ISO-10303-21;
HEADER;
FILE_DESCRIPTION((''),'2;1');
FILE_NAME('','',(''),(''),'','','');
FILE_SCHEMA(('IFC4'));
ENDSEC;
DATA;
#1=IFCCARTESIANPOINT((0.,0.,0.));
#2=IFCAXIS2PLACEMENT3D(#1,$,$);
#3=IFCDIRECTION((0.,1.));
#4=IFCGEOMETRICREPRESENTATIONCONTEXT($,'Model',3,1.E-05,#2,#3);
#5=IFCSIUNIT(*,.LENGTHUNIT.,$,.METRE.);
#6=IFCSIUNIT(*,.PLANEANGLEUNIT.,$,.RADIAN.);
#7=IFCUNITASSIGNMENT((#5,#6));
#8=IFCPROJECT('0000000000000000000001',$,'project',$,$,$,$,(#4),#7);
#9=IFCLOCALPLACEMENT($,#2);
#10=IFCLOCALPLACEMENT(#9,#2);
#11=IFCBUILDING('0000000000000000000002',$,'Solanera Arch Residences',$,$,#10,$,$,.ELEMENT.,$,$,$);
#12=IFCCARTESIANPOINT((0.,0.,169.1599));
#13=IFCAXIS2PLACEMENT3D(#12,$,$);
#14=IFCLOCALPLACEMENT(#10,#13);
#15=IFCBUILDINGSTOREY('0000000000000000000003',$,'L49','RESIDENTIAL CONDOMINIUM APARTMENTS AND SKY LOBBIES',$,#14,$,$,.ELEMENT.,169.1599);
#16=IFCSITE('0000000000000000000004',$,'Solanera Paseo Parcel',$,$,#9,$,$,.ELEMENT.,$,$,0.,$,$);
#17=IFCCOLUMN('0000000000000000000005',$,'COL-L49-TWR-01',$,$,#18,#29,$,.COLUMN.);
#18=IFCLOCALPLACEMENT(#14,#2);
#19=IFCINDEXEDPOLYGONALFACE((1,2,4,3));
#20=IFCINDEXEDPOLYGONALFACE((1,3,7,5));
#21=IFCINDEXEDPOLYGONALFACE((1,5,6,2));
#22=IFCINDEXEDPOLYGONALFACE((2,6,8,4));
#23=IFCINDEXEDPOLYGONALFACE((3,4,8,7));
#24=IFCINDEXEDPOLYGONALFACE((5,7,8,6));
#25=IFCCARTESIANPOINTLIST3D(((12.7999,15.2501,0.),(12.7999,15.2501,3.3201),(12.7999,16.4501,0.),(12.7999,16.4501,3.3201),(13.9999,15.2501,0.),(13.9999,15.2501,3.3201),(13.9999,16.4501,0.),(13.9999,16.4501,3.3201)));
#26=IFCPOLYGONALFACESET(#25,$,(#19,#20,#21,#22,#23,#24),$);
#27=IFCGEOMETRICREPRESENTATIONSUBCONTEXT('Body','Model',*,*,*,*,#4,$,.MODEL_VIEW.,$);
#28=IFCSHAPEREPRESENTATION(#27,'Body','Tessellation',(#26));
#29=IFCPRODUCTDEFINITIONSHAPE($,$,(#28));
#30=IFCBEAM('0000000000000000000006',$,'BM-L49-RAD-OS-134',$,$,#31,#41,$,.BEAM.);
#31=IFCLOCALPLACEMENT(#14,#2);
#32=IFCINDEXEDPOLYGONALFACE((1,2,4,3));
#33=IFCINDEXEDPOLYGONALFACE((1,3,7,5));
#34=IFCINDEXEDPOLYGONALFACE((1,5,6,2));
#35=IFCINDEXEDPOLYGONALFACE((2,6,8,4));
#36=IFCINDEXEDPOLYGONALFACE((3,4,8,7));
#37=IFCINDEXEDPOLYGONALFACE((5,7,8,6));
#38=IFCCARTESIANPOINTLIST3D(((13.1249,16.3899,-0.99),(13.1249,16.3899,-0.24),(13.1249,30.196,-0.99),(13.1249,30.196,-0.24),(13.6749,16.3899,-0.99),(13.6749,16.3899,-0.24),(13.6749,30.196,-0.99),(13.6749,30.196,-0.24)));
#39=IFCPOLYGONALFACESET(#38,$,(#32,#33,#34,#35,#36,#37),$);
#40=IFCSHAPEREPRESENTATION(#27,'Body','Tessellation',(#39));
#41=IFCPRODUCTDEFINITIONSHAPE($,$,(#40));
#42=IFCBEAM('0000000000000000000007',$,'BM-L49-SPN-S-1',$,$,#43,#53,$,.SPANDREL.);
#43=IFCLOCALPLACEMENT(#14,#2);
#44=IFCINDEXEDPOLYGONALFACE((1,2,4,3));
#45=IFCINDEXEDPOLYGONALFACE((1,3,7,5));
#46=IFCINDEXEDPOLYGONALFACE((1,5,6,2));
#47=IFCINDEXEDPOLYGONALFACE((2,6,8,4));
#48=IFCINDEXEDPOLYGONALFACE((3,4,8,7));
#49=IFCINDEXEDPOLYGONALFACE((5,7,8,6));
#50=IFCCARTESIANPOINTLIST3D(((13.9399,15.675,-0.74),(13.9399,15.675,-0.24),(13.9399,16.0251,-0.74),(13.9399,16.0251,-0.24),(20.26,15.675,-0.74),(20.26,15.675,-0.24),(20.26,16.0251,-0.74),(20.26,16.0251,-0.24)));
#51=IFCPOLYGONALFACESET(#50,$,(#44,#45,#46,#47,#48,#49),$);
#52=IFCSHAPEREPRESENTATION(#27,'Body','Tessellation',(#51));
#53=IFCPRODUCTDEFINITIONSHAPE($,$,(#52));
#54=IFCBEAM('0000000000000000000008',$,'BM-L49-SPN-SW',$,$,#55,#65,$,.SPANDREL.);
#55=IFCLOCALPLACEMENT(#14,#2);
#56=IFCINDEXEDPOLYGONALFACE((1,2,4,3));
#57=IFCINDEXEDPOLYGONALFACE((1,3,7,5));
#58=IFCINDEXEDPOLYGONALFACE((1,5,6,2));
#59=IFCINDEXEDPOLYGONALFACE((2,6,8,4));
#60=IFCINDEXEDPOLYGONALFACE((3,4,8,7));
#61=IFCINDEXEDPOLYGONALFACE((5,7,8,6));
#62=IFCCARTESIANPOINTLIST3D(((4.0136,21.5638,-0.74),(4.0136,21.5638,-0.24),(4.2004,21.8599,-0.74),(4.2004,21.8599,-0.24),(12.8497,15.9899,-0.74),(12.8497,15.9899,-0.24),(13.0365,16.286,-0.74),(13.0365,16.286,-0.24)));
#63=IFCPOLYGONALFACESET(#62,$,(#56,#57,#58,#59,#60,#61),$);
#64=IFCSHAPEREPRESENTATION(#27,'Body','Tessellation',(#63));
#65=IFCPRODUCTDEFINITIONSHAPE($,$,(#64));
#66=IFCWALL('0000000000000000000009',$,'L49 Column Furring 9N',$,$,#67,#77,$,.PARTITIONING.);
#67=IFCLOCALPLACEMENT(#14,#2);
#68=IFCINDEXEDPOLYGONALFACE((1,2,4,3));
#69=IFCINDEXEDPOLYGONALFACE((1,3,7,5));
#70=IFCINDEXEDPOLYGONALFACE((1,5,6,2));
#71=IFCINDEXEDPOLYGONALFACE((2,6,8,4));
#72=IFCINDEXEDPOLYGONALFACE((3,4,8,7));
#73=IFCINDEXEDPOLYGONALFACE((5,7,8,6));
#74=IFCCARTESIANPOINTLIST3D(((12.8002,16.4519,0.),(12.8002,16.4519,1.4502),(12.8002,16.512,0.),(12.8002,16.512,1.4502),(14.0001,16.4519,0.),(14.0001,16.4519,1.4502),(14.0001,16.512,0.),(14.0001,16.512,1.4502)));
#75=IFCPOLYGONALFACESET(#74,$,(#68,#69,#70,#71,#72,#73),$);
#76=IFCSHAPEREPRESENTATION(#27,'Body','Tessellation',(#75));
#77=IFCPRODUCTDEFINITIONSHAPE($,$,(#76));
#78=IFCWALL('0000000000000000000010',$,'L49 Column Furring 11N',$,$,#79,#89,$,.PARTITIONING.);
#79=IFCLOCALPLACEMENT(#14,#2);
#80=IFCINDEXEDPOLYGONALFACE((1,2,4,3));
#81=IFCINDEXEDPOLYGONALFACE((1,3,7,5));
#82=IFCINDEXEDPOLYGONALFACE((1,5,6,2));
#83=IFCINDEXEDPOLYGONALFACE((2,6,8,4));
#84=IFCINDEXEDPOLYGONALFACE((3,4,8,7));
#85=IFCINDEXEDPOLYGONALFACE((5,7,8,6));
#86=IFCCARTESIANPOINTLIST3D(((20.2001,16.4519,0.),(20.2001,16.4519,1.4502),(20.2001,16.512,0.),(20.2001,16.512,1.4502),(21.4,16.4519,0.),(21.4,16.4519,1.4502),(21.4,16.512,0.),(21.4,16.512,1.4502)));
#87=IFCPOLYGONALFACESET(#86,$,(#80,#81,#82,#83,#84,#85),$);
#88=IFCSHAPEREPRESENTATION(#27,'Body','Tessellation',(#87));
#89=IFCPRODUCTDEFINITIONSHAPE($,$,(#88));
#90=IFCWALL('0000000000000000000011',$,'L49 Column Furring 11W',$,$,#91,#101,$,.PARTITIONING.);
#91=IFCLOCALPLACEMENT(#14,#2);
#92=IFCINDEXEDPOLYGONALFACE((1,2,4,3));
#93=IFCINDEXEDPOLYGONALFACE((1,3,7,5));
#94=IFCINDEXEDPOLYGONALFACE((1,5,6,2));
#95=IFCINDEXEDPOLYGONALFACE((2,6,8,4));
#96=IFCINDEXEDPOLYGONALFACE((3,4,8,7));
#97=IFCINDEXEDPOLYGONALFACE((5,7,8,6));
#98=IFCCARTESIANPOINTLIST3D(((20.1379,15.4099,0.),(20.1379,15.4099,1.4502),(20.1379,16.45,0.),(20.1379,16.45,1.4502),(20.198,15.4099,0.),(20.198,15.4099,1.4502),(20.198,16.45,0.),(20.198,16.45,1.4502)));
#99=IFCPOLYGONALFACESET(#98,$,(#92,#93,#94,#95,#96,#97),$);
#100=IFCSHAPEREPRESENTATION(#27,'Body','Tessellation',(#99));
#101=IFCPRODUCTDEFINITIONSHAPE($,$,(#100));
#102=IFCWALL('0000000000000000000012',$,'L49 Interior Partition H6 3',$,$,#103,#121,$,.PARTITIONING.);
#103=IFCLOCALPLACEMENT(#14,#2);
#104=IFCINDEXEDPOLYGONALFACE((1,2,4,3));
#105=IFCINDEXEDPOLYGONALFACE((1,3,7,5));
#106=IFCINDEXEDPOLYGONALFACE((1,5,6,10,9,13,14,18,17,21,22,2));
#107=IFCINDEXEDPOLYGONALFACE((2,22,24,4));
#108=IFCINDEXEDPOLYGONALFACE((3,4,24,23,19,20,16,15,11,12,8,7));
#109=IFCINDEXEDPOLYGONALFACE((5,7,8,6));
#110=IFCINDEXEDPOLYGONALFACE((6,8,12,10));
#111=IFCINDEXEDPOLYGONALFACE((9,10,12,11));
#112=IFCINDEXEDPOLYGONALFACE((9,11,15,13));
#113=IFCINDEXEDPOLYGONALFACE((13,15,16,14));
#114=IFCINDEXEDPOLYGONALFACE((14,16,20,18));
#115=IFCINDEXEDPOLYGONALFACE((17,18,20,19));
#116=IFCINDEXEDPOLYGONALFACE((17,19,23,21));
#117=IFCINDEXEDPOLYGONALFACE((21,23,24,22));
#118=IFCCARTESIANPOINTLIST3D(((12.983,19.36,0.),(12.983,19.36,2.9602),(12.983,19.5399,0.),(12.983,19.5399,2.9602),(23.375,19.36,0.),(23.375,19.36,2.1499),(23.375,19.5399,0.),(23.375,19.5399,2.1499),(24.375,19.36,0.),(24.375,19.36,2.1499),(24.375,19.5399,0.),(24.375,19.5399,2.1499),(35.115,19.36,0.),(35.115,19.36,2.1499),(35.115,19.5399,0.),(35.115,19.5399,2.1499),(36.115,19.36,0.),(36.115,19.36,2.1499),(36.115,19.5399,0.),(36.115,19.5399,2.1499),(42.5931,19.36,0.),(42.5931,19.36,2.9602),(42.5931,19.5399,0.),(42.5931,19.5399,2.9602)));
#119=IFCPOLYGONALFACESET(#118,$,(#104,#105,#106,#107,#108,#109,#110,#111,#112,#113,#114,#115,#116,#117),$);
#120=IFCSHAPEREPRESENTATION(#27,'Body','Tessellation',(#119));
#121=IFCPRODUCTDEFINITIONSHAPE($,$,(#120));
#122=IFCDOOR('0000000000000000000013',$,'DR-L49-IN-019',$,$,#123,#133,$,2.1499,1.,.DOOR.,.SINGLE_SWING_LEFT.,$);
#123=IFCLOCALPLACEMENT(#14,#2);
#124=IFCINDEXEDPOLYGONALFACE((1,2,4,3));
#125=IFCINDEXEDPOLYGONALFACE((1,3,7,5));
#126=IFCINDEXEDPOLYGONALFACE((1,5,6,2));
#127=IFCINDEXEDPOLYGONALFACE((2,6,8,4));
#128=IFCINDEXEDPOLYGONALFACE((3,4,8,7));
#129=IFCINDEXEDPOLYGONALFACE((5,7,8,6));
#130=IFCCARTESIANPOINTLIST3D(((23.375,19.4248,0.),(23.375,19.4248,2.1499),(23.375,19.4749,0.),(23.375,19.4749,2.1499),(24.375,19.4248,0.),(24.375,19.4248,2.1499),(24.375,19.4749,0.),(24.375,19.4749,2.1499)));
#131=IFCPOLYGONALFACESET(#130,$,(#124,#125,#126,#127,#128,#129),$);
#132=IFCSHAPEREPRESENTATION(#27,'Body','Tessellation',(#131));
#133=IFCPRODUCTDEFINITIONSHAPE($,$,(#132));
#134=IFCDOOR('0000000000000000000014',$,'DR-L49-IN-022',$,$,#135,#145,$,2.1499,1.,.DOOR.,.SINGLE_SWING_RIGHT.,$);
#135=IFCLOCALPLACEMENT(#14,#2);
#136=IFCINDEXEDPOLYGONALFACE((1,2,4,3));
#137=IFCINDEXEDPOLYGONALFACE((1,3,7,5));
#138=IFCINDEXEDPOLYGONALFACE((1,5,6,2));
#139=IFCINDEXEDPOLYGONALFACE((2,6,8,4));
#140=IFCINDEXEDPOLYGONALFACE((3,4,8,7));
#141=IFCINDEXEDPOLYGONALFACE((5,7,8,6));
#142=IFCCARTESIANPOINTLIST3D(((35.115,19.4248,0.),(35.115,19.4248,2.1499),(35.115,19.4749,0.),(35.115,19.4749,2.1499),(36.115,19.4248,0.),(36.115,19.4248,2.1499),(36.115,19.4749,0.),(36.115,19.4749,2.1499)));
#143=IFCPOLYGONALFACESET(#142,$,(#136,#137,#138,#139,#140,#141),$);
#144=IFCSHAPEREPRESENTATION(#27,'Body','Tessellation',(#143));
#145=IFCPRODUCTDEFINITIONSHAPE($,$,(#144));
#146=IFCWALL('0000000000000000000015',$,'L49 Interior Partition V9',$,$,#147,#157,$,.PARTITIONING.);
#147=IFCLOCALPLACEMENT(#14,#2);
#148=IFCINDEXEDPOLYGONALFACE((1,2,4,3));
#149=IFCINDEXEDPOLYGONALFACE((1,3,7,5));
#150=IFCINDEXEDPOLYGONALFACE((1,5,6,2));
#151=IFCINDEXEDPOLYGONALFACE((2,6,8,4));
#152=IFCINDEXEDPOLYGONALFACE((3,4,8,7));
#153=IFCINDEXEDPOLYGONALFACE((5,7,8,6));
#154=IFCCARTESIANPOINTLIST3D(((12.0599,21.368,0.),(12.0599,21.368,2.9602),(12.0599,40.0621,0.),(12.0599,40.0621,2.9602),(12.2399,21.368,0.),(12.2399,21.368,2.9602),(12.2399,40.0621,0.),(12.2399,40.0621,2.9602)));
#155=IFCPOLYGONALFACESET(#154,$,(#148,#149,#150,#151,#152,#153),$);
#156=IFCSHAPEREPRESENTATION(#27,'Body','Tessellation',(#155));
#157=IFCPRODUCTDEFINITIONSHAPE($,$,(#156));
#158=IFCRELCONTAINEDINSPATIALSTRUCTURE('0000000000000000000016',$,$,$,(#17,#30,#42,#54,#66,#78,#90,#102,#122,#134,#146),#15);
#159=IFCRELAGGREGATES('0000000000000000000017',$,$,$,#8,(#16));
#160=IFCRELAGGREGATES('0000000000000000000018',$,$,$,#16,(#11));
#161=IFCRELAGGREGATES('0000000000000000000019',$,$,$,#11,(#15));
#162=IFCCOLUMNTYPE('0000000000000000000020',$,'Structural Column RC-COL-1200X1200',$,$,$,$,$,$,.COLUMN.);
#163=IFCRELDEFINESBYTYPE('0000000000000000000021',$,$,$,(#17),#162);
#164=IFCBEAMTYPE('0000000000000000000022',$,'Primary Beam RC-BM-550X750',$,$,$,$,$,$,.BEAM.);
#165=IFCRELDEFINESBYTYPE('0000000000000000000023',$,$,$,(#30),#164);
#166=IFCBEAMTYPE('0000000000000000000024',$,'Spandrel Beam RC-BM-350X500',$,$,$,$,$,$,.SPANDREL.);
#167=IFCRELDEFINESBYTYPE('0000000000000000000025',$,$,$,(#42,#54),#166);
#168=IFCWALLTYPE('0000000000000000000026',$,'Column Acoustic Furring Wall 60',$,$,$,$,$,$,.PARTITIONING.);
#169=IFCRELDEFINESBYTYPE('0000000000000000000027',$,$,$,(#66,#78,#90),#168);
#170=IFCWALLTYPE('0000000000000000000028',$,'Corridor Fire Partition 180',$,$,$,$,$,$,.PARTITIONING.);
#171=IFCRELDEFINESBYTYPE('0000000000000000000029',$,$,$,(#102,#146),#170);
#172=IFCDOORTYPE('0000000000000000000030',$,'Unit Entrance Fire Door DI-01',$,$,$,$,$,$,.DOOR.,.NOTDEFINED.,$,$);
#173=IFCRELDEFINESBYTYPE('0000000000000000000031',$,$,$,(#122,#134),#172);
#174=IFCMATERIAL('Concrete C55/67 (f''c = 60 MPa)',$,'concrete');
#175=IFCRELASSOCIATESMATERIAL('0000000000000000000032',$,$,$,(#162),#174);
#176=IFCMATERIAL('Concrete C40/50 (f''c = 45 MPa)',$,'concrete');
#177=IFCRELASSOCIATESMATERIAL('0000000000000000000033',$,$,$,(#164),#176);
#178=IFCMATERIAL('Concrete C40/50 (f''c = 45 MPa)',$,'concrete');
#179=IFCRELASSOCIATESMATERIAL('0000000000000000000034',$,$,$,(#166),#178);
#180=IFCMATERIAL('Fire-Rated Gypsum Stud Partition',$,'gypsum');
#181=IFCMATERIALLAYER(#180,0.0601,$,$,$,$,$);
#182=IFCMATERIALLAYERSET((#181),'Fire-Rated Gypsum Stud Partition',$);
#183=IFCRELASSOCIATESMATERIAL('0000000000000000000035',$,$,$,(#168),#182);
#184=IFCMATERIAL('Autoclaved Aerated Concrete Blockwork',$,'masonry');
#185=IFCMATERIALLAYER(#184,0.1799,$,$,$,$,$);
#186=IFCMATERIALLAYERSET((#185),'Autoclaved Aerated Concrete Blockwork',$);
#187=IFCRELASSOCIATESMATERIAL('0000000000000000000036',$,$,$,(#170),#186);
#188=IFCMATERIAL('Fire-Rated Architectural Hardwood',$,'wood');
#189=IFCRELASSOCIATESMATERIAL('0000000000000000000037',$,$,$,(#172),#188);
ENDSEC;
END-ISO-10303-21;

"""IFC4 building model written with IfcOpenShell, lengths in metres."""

from ifc_helpers import new_model, si_unit, direction, frame, frame_2d, origin, origin_2d, place, context, subcontext, project, spatial, rectangle, extrude, material, layer, layer_set, material_profile, profile_set, type_object, element, fill, save


model = new_model("IFC4")

# Units and contexts
model_context = context("Model", 3, precision=1e-05, world=origin(), true_north=direction((0.0, 1.0)))
body_context = subcontext(model_context, "Body", "Model", "MODEL_VIEW")
ifc_project = project(units=[si_unit("LENGTHUNIT", "METRE"), si_unit("PLANEANGLEUNIT", "RADIAN")], contexts=[model_context])

# Site, building, storey
site_placement = place(None, origin())
site = spatial("IfcSite", under=ifc_project, at=site_placement, Name="Solanera Paseo Parcel", CompositionType="ELEMENT", RefElevation=0.0)
building_placement = place(site_placement, origin())
building = spatial("IfcBuilding", under=site, at=building_placement, Name="Solanera Arch Residences", CompositionType="ELEMENT")
storey_placement = place(building_placement, frame((0.0, 0.0, 169.1599)))
storey = spatial("IfcBuildingStorey", under=building, at=storey_placement, Name="L49", Description="RESIDENTIAL CONDOMINIUM APARTMENTS AND SKY LOBBIES", CompositionType="ELEMENT", Elevation=169.1599)

# Column
ifc_material_1 = material(Name="Concrete C55/67 (f'c = 60 MPa)", Category="concrete")
ifc_material_profile_1 = material_profile(ifc_material_1, rectangle(XDim=1.2, YDim=1.2, at=origin_2d()))
ifc_profile_set_1 = profile_set([ifc_material_profile_1], Name="Concrete C55/67 (f'c = 60 MPa)")
column_type = type_object("IfcColumnType", Name="Structural Column RC-COL-1200X1200", PredefinedType="COLUMN", material=ifc_profile_set_1)
column_placement = place(storey_placement, frame((13.3999, 15.8501, 0.0), z_axis=(0.0, 0.0, 1.0), x_axis=(1.0, 0.0, 0.0)))
element("IfcColumn", 1, at=column_placement, inside=storey, type_object=column_type, Name="COL-L49-TWR-01", PredefinedType="COLUMN", context=body_context, shape_type="SweptSolid", body=[
    extrude(rectangle(XDim=1.2, YDim=1.2, at=origin_2d()), origin(), (0.0, 0.0, 1.0), 3.3201),
])

# Beams
ifc_material_2 = material(Name="Concrete C40/50 (f'c = 45 MPa)", Category="concrete")
ifc_material_profile_2 = material_profile(ifc_material_2, rectangle(XDim=0.55, YDim=0.75, at=origin_2d()))
ifc_profile_set_2 = profile_set([ifc_material_profile_2], Name="Concrete C40/50 (f'c = 45 MPa)")
beam_type_1 = type_object("IfcBeamType", Name="Primary Beam RC-BM-550X750", PredefinedType="BEAM", material=ifc_profile_set_2)
beam_1_placement = place(storey_placement, frame((13.3999, 16.3899, -0.615), z_axis=(0.0, 1.0, 0.0), x_axis=(-1.0, 0.0, 0.0)))
element("IfcBeam", 2, at=beam_1_placement, inside=storey, type_object=beam_type_1, Name="BM-L49-RAD-OS-134", PredefinedType="BEAM", context=body_context, shape_type="SweptSolid", body=[
    extrude(rectangle(XDim=0.55, YDim=0.75, at=origin_2d()), origin(), (0.0, 0.0, 1.0), 13.8062),
])
ifc_material_3 = material(Name="Concrete C40/50 (f'c = 45 MPa)", Category="concrete")
ifc_material_profile_3 = material_profile(ifc_material_3, rectangle(XDim=0.3501, YDim=0.5, at=origin_2d()))
ifc_profile_set_3 = profile_set([ifc_material_profile_3], Name="Concrete C40/50 (f'c = 45 MPa)")
beam_type_2 = type_object("IfcBeamType", Name="Spandrel Beam RC-BM-350X500", PredefinedType="SPANDREL", material=ifc_profile_set_3)
beam_2_placement = place(storey_placement, frame((13.9399, 15.8501, -0.49), z_axis=(1.0, 0.0, 0.0), x_axis=(0.0, 1.0, 0.0)))
element("IfcBeam", 3, at=beam_2_placement, inside=storey, type_object=beam_type_2, Name="BM-L49-SPN-S-1", PredefinedType="SPANDREL", context=body_context, shape_type="SweptSolid", body=[
    extrude(rectangle(XDim=0.3501, YDim=0.5, at=origin_2d()), origin(), (0.0, 0.0, 1.0), 6.3201),
])
beam_3_placement = place(storey_placement, frame((12.9431, 16.1379, -0.49), z_axis=(-0.845781, 0.53353, 0.0), x_axis=(-0.53353, -0.845781, 0.0)))
element("IfcBeam", 4, at=beam_3_placement, inside=storey, type_object=beam_type_2, Name="BM-L49-SPN-SW", PredefinedType="SPANDREL", context=body_context, shape_type="SweptSolid", body=[
    extrude(rectangle(XDim=0.3501, YDim=0.5, at=origin_2d()), origin(), (0.0, 0.0, 1.0), 10.4473),
])

# Walls
ifc_material_4 = material(Name="Fire-Rated Gypsum Stud Partition", Category="gypsum")
ifc_layer_1 = layer(ifc_material_4, 0.0601)
ifc_layer_set_1 = layer_set([ifc_layer_1], Name="Fire-Rated Gypsum Stud Partition")
wall_type_1 = type_object("IfcWallType", Name="Column Acoustic Furring Wall 60", PredefinedType="PARTITIONING", material=ifc_layer_set_1)
for number, where, z_axis, x_axis, name in (
    (5, (12.8, 16.4819, 0.0), (0.0, 0.0, 1.0), (1.0, 0.0, 0.0), "L49 Column Furring 9N"),
    (6, (20.2, 16.4819, 0.0), (0.0, 0.0, 1.0), (1.0, 0.0, 0.0), "L49 Column Furring 11N"),
):
    element("IfcWall", number, at=place(storey_placement, frame(where, z_axis=z_axis, x_axis=x_axis)), inside=storey, type_object=wall_type_1, Name=name, PredefinedType="PARTITIONING", context=body_context, shape_type="SweptSolid", body=[
        extrude(rectangle(XDim=1.2, YDim=0.0601, at=frame_2d((0.6001, 0.0))), origin(), (0.0, 0.0, 1.0), 1.4502),
    ])
wall_1_placement = place(storey_placement, frame((20.168, 15.4099, 0.0), z_axis=(0.0, 0.0, 1.0), x_axis=(0.0, 1.0, 0.0)))
element("IfcWall", 7, at=wall_1_placement, inside=storey, type_object=wall_type_1, Name="L49 Column Furring 11W", PredefinedType="PARTITIONING", context=body_context, shape_type="SweptSolid", body=[
    extrude(rectangle(XDim=1.04, YDim=0.0601, at=frame_2d((0.52, 0.0))), origin(), (0.0, 0.0, 1.0), 1.4502),
])

# Wall, openings, doors
ifc_material_5 = material(Name="Autoclaved Aerated Concrete Blockwork", Category="masonry")
ifc_layer_2 = layer(ifc_material_5, 0.1799)
ifc_layer_set_2 = layer_set([ifc_layer_2], Name="Autoclaved Aerated Concrete Blockwork")
wall_type_2 = type_object("IfcWallType", Name="Corridor Fire Partition 180", PredefinedType="PARTITIONING", material=ifc_layer_set_2)
wall_2_placement = place(storey_placement, frame((12.9829, 19.45, 0.0), z_axis=(0.0, 0.0, 1.0), x_axis=(1.0, 0.0, 0.0)))
wall_2 = element("IfcWall", 8, at=wall_2_placement, inside=storey, type_object=wall_type_2, Name="L49 Interior Partition H6 3", PredefinedType="PARTITIONING", context=body_context, shape_type="SweptSolid", body=[
    extrude(rectangle(XDim=29.6101, YDim=0.1799, at=frame_2d((14.8052, 0.0))), origin(), (0.0, 0.0, 1.0), 2.9602),
])
opening_1_placement = place(wall_2_placement, frame((10.3921, 0.0, 0.0)))
opening_1 = element("IfcOpeningElement", 9, at=opening_1_placement, cuts=wall_2, PredefinedType="OPENING", context=body_context, shape_type="SweptSolid", body=[
    extrude(rectangle(XDim=1.0, YDim=2.1499, at=frame_2d((0.5, 1.075))), frame((0.0, 0.1001, 0.0), z_axis=(0.0, -1.0, 0.0), x_axis=(1.0, 0.0, 0.0)), (0.0, 0.0, 1.0), 0.1999),
])
opening_2_placement = place(wall_2_placement, frame((22.1321, 0.0, 0.0)))
opening_2 = element("IfcOpeningElement", 10, at=opening_2_placement, cuts=wall_2, PredefinedType="OPENING", context=body_context, shape_type="SweptSolid", body=[
    extrude(rectangle(XDim=1.0, YDim=2.1499, at=frame_2d((0.5, 1.075))), frame((0.0, 0.1001, 0.0), z_axis=(0.0, -1.0, 0.0), x_axis=(1.0, 0.0, 0.0)), (0.0, 0.0, 1.0), 0.1999),
])
ifc_material_6 = material(Name="Fire-Rated Architectural Hardwood", Category="wood")
door_type_1 = type_object("IfcDoorType", Name="Unit Entrance Fire Door DI-01", OperationType="NOTDEFINED", PredefinedType="DOOR", material=ifc_material_6)
door_1_placement = place(opening_1_placement, origin())
door_1 = element("IfcDoor", 11, at=door_1_placement, inside=storey, type_object=door_type_1, Name="DR-L49-IN-019", OperationType="SINGLE_SWING_LEFT", OverallHeight=2.1499, OverallWidth=1.0, PredefinedType="DOOR", context=body_context, shape_type="SweptSolid", body=[
    extrude(rectangle(XDim=1.0, YDim=2.1499, at=frame_2d((0.5, 1.075))), frame((0.0, 0.0249, 0.0), z_axis=(0.0, -1.0, 0.0), x_axis=(1.0, 0.0, 0.0)), (0.0, 0.0, 1.0), 0.05),
])
fill(opening_1, door_1)
door_2_placement = place(opening_2_placement, origin())
door_2 = element("IfcDoor", 12, at=door_2_placement, inside=storey, type_object=door_type_1, Name="DR-L49-IN-022", OperationType="SINGLE_SWING_RIGHT", OverallHeight=2.1499, OverallWidth=1.0, PredefinedType="DOOR", context=body_context, shape_type="SweptSolid", body=[
    extrude(rectangle(XDim=1.0, YDim=2.1499, at=frame_2d((0.5, 1.075))), frame((0.0, 0.0249, 0.0), z_axis=(0.0, -1.0, 0.0), x_axis=(1.0, 0.0, 0.0)), (0.0, 0.0, 1.0), 0.05),
])
fill(opening_2, door_2)

# Wall
wall_3_placement = place(storey_placement, frame((12.1499, 21.3679, 0.0), z_axis=(0.0, 0.0, 1.0), x_axis=(0.0, 1.0, 0.0)))
element("IfcWall", 13, at=wall_3_placement, inside=storey, type_object=wall_type_2, Name="L49 Interior Partition V9", PredefinedType="PARTITIONING", context=body_context, shape_type="SweptSolid", body=[
    extrude(rectangle(XDim=18.6941, YDim=0.1799, at=frame_2d((9.3472, 0.0))), origin(), (0.0, 0.0, 1.0), 2.9602),
])

save(model, "model.ifc")
